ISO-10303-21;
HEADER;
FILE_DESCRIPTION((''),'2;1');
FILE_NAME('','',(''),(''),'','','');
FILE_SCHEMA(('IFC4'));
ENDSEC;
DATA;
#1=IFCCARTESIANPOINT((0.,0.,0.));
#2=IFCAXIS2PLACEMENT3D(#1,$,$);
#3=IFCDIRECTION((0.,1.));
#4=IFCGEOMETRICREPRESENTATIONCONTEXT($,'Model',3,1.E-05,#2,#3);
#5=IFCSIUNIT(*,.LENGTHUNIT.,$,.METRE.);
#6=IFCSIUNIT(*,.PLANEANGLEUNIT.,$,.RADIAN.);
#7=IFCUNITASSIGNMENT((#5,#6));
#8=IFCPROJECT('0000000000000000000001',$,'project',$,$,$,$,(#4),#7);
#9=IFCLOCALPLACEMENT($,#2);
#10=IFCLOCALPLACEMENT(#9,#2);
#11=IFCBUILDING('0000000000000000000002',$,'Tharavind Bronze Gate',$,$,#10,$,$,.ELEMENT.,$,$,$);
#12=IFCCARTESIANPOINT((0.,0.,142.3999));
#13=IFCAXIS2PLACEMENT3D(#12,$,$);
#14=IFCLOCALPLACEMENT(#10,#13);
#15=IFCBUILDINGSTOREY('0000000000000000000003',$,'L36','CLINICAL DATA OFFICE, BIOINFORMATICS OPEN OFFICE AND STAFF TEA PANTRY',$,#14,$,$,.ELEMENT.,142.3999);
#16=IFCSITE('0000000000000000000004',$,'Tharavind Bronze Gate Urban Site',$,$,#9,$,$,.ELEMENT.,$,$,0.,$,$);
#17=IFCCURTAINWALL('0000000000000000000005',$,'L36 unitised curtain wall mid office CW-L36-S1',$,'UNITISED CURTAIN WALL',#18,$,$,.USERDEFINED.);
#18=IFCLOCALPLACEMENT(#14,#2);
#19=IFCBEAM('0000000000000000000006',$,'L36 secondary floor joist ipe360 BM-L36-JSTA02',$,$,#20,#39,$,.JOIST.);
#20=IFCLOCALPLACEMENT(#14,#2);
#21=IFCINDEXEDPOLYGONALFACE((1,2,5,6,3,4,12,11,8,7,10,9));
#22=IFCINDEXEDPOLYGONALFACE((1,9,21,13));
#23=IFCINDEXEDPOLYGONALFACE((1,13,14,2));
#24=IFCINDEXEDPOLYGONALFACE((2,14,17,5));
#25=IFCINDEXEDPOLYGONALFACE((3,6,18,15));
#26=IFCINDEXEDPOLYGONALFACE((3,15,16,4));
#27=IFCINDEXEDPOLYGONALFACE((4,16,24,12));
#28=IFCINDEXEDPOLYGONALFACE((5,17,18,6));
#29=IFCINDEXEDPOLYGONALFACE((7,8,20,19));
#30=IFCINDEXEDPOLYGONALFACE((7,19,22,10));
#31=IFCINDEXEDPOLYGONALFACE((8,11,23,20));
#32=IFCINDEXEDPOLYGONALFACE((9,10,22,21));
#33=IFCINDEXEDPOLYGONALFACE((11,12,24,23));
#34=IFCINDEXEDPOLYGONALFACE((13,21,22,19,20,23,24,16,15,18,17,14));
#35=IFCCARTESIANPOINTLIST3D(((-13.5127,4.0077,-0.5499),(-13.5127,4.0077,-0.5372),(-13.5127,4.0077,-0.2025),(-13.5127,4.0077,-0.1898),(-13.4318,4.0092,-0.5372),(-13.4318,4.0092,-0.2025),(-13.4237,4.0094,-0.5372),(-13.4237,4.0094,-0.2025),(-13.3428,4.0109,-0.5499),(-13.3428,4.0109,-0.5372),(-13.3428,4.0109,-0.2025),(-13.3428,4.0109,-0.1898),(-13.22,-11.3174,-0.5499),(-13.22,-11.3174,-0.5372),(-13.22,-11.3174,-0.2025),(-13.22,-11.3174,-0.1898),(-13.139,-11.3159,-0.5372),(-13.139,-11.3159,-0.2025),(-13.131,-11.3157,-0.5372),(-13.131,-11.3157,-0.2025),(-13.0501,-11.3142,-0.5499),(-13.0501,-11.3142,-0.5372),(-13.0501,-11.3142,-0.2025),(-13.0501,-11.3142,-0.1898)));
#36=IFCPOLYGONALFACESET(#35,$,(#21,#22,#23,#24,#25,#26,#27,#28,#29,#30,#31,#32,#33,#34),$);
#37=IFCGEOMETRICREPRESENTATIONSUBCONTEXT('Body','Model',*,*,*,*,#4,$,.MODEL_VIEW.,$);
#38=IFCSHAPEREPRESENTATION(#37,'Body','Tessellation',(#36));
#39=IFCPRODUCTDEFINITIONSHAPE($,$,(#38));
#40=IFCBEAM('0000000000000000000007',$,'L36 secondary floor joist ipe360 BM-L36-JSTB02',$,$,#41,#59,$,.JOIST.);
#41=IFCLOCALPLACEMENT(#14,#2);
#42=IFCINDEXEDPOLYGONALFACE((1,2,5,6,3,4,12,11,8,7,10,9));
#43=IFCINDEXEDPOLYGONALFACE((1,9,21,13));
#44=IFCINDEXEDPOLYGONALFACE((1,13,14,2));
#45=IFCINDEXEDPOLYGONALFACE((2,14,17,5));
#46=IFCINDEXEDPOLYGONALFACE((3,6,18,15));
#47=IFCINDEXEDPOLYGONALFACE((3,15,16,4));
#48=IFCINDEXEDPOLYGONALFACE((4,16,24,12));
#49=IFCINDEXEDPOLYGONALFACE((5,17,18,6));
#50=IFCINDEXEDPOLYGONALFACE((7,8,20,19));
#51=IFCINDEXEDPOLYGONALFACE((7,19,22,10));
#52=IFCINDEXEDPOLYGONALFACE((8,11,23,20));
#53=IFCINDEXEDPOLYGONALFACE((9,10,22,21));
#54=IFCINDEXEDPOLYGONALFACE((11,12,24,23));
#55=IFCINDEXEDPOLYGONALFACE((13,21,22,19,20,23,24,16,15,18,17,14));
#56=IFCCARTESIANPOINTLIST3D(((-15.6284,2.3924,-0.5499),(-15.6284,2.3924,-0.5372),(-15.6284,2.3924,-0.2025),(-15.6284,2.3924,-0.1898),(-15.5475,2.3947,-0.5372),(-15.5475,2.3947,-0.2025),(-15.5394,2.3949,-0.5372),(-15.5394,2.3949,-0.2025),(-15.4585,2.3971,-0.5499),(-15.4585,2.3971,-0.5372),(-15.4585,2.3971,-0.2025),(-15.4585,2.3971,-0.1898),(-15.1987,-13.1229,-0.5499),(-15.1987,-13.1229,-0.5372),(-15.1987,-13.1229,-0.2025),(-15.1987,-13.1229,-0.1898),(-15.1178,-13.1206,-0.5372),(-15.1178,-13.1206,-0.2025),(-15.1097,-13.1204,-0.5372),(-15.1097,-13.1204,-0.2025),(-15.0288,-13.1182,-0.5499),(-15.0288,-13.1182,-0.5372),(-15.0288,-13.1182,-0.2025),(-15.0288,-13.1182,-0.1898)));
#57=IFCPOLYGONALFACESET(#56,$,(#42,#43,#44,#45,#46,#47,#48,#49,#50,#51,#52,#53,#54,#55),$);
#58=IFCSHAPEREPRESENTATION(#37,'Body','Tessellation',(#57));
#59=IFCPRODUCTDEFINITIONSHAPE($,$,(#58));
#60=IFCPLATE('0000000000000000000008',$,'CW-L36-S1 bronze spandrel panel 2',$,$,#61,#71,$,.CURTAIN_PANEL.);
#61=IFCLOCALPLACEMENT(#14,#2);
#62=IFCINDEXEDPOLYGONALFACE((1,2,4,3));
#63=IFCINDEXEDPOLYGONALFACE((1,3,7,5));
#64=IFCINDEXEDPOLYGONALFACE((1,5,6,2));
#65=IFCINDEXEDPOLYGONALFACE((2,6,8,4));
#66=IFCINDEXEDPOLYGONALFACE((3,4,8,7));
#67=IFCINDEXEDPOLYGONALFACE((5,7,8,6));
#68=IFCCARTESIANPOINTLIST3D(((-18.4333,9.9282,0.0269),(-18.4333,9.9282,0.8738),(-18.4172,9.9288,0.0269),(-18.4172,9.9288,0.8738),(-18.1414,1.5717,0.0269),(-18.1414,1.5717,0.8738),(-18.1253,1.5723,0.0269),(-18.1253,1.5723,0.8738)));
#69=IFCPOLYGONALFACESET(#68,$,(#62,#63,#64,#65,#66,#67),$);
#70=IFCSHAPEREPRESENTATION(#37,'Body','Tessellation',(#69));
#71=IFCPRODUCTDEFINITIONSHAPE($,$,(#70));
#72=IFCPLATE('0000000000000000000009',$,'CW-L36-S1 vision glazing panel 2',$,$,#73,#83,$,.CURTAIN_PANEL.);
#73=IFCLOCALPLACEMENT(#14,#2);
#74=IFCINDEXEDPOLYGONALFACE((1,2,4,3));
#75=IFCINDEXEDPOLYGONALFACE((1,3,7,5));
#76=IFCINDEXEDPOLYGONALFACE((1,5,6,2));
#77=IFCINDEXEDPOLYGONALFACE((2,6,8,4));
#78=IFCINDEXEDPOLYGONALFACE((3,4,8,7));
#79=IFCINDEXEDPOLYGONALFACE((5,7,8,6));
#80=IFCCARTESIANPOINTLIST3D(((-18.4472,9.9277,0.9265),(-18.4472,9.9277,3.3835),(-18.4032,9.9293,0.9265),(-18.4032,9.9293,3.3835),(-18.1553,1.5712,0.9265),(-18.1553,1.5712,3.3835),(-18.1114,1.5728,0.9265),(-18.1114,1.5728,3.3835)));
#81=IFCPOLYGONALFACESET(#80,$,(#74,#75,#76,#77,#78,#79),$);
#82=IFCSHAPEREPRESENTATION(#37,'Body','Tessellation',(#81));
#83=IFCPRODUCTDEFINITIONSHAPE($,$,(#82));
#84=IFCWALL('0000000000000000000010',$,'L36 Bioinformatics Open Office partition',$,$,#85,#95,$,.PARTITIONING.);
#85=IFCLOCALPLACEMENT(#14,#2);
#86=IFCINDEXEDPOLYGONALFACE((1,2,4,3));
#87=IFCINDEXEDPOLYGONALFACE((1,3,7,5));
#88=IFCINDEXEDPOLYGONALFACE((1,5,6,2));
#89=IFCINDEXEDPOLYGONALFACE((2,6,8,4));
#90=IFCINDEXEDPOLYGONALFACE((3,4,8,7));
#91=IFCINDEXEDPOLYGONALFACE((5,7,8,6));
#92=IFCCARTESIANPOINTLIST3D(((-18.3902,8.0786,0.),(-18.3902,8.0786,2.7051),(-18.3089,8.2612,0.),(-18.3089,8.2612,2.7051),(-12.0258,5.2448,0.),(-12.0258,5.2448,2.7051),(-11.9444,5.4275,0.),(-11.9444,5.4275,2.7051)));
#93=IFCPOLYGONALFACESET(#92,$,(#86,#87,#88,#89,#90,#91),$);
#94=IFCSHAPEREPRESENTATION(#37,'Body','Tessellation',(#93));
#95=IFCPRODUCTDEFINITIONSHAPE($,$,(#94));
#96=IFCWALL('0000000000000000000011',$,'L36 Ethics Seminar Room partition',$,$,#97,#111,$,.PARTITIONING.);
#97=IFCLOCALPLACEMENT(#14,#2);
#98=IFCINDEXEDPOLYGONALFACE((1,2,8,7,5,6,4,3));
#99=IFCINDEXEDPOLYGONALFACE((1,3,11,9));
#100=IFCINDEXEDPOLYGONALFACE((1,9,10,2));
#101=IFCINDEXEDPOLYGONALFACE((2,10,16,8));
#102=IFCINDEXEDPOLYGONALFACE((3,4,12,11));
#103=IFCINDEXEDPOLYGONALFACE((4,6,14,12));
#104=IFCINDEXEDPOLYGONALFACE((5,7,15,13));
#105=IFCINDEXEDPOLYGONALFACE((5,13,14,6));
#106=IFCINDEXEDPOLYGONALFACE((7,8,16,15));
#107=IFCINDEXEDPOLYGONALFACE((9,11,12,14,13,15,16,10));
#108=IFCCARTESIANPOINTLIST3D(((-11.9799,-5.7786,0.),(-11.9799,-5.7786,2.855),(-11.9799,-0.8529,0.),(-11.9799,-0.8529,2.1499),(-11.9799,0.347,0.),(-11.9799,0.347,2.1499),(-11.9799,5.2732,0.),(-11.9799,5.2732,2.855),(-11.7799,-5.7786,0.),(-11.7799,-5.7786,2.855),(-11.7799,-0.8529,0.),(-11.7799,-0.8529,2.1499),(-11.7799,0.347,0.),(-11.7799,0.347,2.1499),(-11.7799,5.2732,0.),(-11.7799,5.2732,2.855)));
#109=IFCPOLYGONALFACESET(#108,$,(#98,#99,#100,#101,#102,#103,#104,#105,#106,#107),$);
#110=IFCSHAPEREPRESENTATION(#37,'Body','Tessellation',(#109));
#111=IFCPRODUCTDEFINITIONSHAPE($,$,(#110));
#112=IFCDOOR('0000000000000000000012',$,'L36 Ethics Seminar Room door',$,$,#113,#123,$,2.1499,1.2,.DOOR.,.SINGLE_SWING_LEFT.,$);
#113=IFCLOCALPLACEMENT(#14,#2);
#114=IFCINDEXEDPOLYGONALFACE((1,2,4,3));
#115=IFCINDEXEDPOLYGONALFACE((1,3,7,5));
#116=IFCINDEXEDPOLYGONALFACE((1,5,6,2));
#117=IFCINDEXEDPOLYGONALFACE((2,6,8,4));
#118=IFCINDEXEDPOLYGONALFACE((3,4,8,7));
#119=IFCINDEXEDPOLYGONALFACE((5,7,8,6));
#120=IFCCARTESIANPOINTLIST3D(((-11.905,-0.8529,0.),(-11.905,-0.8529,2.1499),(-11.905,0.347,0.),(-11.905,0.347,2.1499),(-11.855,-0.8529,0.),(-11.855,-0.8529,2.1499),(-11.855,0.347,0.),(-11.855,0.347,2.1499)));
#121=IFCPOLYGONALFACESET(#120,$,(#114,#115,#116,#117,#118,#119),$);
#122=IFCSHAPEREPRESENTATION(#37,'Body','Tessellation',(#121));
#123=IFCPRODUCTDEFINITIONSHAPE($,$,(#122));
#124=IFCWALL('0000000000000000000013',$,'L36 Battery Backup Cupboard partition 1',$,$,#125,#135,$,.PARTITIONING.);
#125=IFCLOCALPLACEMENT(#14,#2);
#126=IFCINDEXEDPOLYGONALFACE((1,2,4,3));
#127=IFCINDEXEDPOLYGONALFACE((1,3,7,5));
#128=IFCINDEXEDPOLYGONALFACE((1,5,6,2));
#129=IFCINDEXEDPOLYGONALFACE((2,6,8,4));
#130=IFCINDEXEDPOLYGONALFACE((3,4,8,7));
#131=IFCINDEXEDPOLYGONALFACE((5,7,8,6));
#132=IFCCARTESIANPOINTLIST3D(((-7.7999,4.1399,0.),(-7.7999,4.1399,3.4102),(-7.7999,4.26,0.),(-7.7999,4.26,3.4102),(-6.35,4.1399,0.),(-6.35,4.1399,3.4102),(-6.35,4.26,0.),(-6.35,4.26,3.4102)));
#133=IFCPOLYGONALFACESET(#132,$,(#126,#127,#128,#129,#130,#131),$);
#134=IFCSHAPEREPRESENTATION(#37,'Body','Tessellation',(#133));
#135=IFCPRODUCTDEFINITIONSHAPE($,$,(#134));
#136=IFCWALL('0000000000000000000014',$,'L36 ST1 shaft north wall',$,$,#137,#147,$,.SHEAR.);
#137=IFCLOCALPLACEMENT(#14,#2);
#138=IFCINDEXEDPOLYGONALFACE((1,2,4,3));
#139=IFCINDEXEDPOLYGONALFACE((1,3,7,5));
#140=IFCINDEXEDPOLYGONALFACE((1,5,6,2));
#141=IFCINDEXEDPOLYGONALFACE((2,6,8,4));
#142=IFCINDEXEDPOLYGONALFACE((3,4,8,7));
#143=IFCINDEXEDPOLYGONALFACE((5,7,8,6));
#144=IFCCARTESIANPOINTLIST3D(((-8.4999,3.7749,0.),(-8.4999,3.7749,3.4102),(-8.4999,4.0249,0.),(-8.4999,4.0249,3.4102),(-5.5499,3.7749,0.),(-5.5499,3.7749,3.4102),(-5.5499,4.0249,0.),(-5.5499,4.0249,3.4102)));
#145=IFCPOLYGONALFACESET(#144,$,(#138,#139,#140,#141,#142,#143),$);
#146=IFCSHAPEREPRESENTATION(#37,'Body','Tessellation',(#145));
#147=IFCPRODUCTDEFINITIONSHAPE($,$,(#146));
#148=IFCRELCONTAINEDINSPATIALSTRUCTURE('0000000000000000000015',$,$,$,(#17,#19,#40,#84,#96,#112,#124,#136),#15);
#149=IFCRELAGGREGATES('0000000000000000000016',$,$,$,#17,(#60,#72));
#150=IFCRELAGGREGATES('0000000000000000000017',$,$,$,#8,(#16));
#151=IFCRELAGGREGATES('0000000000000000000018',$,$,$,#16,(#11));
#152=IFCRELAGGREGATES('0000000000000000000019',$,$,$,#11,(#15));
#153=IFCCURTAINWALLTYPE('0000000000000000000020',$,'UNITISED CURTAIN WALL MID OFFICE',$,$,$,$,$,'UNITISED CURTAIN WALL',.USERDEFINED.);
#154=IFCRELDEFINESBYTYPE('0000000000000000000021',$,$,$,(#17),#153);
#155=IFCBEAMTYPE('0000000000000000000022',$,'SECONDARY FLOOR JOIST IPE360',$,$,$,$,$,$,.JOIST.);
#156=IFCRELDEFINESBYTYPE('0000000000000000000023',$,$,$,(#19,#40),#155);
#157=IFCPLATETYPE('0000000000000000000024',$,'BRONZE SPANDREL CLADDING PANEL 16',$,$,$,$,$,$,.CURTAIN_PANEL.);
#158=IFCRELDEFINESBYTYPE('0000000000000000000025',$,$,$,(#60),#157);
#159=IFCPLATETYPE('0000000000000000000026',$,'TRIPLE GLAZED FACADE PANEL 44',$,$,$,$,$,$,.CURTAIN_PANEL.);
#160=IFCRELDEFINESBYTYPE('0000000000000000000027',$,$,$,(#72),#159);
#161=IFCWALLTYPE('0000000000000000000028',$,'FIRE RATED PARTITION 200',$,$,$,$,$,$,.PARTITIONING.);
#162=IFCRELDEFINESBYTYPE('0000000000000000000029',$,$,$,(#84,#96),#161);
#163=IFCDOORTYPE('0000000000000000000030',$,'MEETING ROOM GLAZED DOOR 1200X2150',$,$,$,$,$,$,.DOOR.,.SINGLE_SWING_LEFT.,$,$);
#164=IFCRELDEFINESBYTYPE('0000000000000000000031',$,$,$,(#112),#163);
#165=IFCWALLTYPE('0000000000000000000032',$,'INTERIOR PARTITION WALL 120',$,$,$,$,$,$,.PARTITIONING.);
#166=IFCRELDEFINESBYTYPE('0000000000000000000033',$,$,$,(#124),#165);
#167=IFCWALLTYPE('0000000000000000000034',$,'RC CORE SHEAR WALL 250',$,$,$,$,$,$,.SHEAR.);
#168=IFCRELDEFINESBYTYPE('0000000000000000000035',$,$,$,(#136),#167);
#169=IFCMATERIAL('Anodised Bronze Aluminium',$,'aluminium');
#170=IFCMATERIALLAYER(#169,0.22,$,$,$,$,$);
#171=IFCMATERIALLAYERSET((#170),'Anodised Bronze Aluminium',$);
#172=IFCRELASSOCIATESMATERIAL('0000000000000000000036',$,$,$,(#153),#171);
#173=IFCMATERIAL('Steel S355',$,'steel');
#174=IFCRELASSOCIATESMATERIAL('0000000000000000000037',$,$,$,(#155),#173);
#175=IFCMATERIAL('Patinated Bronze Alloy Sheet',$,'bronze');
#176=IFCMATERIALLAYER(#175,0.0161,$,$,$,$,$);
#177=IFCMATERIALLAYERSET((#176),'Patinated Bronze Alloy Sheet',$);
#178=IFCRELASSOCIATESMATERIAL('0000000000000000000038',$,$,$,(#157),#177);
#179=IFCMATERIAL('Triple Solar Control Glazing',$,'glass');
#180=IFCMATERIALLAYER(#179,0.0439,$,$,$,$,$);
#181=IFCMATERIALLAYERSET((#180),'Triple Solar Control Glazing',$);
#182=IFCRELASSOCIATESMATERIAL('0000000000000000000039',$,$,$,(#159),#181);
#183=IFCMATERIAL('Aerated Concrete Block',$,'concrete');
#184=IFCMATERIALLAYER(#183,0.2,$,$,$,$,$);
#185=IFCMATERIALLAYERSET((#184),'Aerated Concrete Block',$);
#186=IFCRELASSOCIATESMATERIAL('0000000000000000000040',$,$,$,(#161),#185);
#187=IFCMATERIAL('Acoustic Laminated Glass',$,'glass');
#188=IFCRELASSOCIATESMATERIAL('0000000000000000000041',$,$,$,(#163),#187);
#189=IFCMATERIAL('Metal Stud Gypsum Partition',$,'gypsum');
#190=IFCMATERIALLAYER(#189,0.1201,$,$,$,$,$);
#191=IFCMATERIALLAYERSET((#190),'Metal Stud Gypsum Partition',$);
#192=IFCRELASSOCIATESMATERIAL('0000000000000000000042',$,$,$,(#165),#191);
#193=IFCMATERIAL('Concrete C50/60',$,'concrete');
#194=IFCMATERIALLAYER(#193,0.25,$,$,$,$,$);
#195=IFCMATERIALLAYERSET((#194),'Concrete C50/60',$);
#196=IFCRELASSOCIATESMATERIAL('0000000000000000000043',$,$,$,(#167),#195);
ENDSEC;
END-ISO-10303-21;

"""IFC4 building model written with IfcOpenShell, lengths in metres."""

from ifc_helpers import new_model, si_unit, direction, frame, frame_2d, origin, origin_2d, place, context, subcontext, project, spatial, rectangle, i_section, extrude, material, layer, layer_set, material_profile, profile_set, type_object, element, fill, aggregate, save


model = new_model("IFC4")

# Units and contexts
model_context = context("Model", 3, precision=1e-05, world=origin(), true_north=direction((0.0, 1.0)))
body_context = subcontext(model_context, "Body", "Model", "MODEL_VIEW")
ifc_project = project(units=[si_unit("LENGTHUNIT", "METRE"), si_unit("PLANEANGLEUNIT", "RADIAN")], contexts=[model_context])

# Site, building, storey
site_placement = place(None, origin())
site = spatial("IfcSite", under=ifc_project, at=site_placement, Name="Tharavind Bronze Gate Urban Site", CompositionType="ELEMENT", RefElevation=0.0)
building_placement = place(site_placement, origin())
building = spatial("IfcBuilding", under=site, at=building_placement, Name="Tharavind Bronze Gate", CompositionType="ELEMENT")
storey_placement = place(building_placement, frame((0.0, 0.0, 142.3999)))
storey = spatial("IfcBuildingStorey", under=building, at=storey_placement, Name="L36", Description="CLINICAL DATA OFFICE, BIOINFORMATICS OPEN OFFICE AND STAFF TEA PANTRY", CompositionType="ELEMENT", Elevation=142.3999)

# Curtain wall
ifc_material_1 = material(Name="Anodised Bronze Aluminium", Category="aluminium")
ifc_layer_1 = layer(ifc_material_1, 0.22)
ifc_layer_set_1 = layer_set([ifc_layer_1], Name="Anodised Bronze Aluminium")
curtain_wall_type = type_object("IfcCurtainWallType", Name="UNITISED CURTAIN WALL MID OFFICE", ElementType="UNITISED CURTAIN WALL", PredefinedType="USERDEFINED", material=ifc_layer_set_1)
curtain_wall_placement = place(storey_placement, origin())
curtain_wall = element("IfcCurtainWall", 1, at=curtain_wall_placement, inside=storey, type_object=curtain_wall_type, Name="L36 unitised curtain wall mid office CW-L36-S1", ObjectType="UNITISED CURTAIN WALL", PredefinedType="USERDEFINED")

# Beams
ifc_material_2 = material(Name="Steel S355", Category="steel")
ifc_material_profile_1 = material_profile(ifc_material_2, i_section(OverallWidth=0.1699, OverallDepth=0.3601, WebThickness=0.0081, FlangeThickness=0.0127, at=origin_2d()), Name="IPE360")
ifc_profile_set_1 = profile_set([ifc_material_profile_1], Name="Steel S355")
beam_type_1 = type_object("IfcBeamType", Name="SECONDARY FLOOR JOIST IPE360", PredefinedType="JOIST", material=ifc_profile_set_1)
beam_1_placement = place(storey_placement, frame((-13.4277, 4.0093, -0.3699), z_axis=(0.019097, -0.999818, 0.0), x_axis=(0.999818, 0.019097, 0.0)))
element("IfcBeam", 2, at=beam_1_placement, inside=storey, type_object=beam_type_1, Name="L36 secondary floor joist ipe360 BM-L36-JSTA02", PredefinedType="JOIST", context=body_context, shape_type="SweptSolid", body=[
    extrude(i_section(OverallWidth=0.1699, OverallDepth=0.3601, WebThickness=0.0081, FlangeThickness=0.0127, at=origin_2d()), origin(), (0.0, 0.0, 1.0), 15.3279),
])
beam_2_placement = place(storey_placement, frame((-15.5435, 2.3948, -0.3699), z_axis=(0.027684, -0.999617, 0.0), x_axis=(0.999617, 0.027684, 0.0)))
element("IfcBeam", 3, at=beam_2_placement, inside=storey, type_object=beam_type_1, Name="L36 secondary floor joist ipe360 BM-L36-JSTB02", PredefinedType="JOIST", context=body_context, shape_type="SweptSolid", body=[
    extrude(i_section(OverallWidth=0.1699, OverallDepth=0.3601, WebThickness=0.0081, FlangeThickness=0.0127, at=origin_2d()), origin(), (0.0, 0.0, 1.0), 15.5212),
])

# Plates
ifc_material_3 = material(Name="Patinated Bronze Alloy Sheet", Category="bronze")
ifc_layer_2 = layer(ifc_material_3, 0.0161)
ifc_layer_set_2 = layer_set([ifc_layer_2], Name="Patinated Bronze Alloy Sheet")
plate_type_1 = type_object("IfcPlateType", Name="BRONZE SPANDREL CLADDING PANEL 16", PredefinedType="CURTAIN_PANEL", material=ifc_layer_set_2)
plate_1_placement = place(storey_placement, frame((-18.2793, 5.7502, 0.0269), z_axis=(0.0, 0.0, 1.0), x_axis=(0.034899, -0.999391, 0.0)))
plate_1 = element("IfcPlate", 4, at=plate_1_placement, type_object=plate_type_1, Name="CW-L36-S1 bronze spandrel panel 2", PredefinedType="CURTAIN_PANEL", context=body_context, shape_type="SweptSolid", body=[
    extrude(rectangle(XDim=8.3616, YDim=0.0161, at=origin_2d()), origin(), (0.0, 0.0, 1.0), 0.8469),
])
ifc_material_4 = material(Name="Triple Solar Control Glazing", Category="glass")
ifc_layer_3 = layer(ifc_material_4, 0.0439)
ifc_layer_set_3 = layer_set([ifc_layer_3], Name="Triple Solar Control Glazing")
plate_type_2 = type_object("IfcPlateType", Name="TRIPLE GLAZED FACADE PANEL 44", PredefinedType="CURTAIN_PANEL", material=ifc_layer_set_3)
plate_2_placement = place(storey_placement, frame((-18.2793, 5.7502, 0.9265), z_axis=(0.0, 0.0, 1.0), x_axis=(0.034899, -0.999391, 0.0)))
plate_2 = element("IfcPlate", 5, at=plate_2_placement, type_object=plate_type_2, Name="CW-L36-S1 vision glazing panel 2", PredefinedType="CURTAIN_PANEL", context=body_context, shape_type="SweptSolid", body=[
    extrude(rectangle(XDim=8.3616, YDim=0.0439, at=origin_2d()), origin(), (0.0, 0.0, 1.0), 2.457),
])
aggregate(curtain_wall, [plate_1, plate_2])

# Wall
ifc_material_5 = material(Name="Aerated Concrete Block", Category="concrete")
ifc_layer_4 = layer(ifc_material_5, 0.2)
ifc_layer_set_4 = layer_set([ifc_layer_4], Name="Aerated Concrete Block")
wall_type_1 = type_object("IfcWallType", Name="FIRE RATED PARTITION 200", PredefinedType="PARTITIONING", material=ifc_layer_set_4)
wall_1_placement = place(storey_placement, frame((-11.9851, 5.3362, 0.0), z_axis=(0.0, 0.0, 1.0), x_axis=(-0.913541, 0.406746, 0.0)))
element("IfcWall", 6, at=wall_1_placement, inside=storey, type_object=wall_type_1, Name="L36 Bioinformatics Open Office partition", PredefinedType="PARTITIONING", context=body_context, shape_type="SweptSolid", body=[
    extrude(rectangle(XDim=6.9668, YDim=0.2, at=frame_2d((3.4834, 0.0))), origin(), (0.0, 0.0, 1.0), 2.7051),
])

# Wall, opening, door
wall_2_placement = place(storey_placement, frame((-11.8799, 5.2732, 0.0), z_axis=(0.0, 0.0, 1.0), x_axis=(0.0, -1.0, 0.0)))
wall_2 = element("IfcWall", 7, at=wall_2_placement, inside=storey, type_object=wall_type_1, Name="L36 Ethics Seminar Room partition", PredefinedType="PARTITIONING", context=body_context, shape_type="SweptSolid", body=[
    extrude(rectangle(XDim=11.0518, YDim=0.2, at=frame_2d((5.5259, 0.0))), origin(), (0.0, 0.0, 1.0), 2.855),
])
opening_placement = place(wall_2_placement, frame((4.926, 0.0, 0.0)))
opening = element("IfcOpeningElement", 8, at=opening_placement, cuts=wall_2, PredefinedType="OPENING", context=body_context, shape_type="SweptSolid", body=[
    extrude(rectangle(XDim=1.2, YDim=2.1499, at=frame_2d((0.6001, 1.075))), frame((0.0, 0.1101, 0.0), z_axis=(0.0, -1.0, 0.0), x_axis=(1.0, 0.0, 0.0)), (0.0, 0.0, 1.0), 0.22),
])
ifc_material_6 = material(Name="Acoustic Laminated Glass", Category="glass")
door_type = type_object("IfcDoorType", Name="MEETING ROOM GLAZED DOOR 1200X2150", OperationType="SINGLE_SWING_LEFT", PredefinedType="DOOR", material=ifc_material_6)
door_placement = place(opening_placement, origin())
door = element("IfcDoor", 9, at=door_placement, inside=storey, type_object=door_type, Name="L36 Ethics Seminar Room door", OperationType="SINGLE_SWING_LEFT", OverallHeight=2.1499, OverallWidth=1.2, PredefinedType="DOOR", context=body_context, shape_type="SweptSolid", body=[
    extrude(rectangle(XDim=1.2, YDim=2.1499, at=frame_2d((0.6001, 1.075))), frame((0.0, 0.0249, 0.0), z_axis=(0.0, -1.0, 0.0), x_axis=(1.0, 0.0, 0.0)), (0.0, 0.0, 1.0), 0.05),
])
fill(opening, door)

# Walls
ifc_material_7 = material(Name="Metal Stud Gypsum Partition", Category="gypsum")
ifc_layer_5 = layer(ifc_material_7, 0.1201)
ifc_layer_set_5 = layer_set([ifc_layer_5], Name="Metal Stud Gypsum Partition")
wall_type_2 = type_object("IfcWallType", Name="INTERIOR PARTITION WALL 120", PredefinedType="PARTITIONING", material=ifc_layer_set_5)
wall_3_placement = place(storey_placement, frame((-7.8, 4.2, 0.0), z_axis=(0.0, 0.0, 1.0), x_axis=(1.0, 0.0, 0.0)))
element("IfcWall", 10, at=wall_3_placement, inside=storey, type_object=wall_type_2, Name="L36 Battery Backup Cupboard partition 1", PredefinedType="PARTITIONING", context=body_context, shape_type="SweptSolid", body=[
    extrude(rectangle(XDim=1.45, YDim=0.1201, at=frame_2d((0.7251, 0.0))), origin(), (0.0, 0.0, 1.0), 3.4102),
])
ifc_material_8 = material(Name="Concrete C50/60", Category="concrete")
ifc_layer_6 = layer(ifc_material_8, 0.25)
ifc_layer_set_6 = layer_set([ifc_layer_6], Name="Concrete C50/60")
wall_type_3 = type_object("IfcWallType", Name="RC CORE SHEAR WALL 250", PredefinedType="SHEAR", material=ifc_layer_set_6)
wall_4_placement = place(storey_placement, frame((-8.5, 3.8999, 0.0), z_axis=(0.0, 0.0, 1.0), x_axis=(1.0, 0.0, 0.0)))
element("IfcWall", 11, at=wall_4_placement, inside=storey, type_object=wall_type_3, Name="L36 ST1 shaft north wall", PredefinedType="SHEAR", context=body_context, shape_type="SweptSolid", body=[
    extrude(rectangle(XDim=2.95, YDim=0.25, at=frame_2d((1.4751, 0.0))), origin(), (0.0, 0.0, 1.0), 3.4102),
])

save(model, "model.ifc")
